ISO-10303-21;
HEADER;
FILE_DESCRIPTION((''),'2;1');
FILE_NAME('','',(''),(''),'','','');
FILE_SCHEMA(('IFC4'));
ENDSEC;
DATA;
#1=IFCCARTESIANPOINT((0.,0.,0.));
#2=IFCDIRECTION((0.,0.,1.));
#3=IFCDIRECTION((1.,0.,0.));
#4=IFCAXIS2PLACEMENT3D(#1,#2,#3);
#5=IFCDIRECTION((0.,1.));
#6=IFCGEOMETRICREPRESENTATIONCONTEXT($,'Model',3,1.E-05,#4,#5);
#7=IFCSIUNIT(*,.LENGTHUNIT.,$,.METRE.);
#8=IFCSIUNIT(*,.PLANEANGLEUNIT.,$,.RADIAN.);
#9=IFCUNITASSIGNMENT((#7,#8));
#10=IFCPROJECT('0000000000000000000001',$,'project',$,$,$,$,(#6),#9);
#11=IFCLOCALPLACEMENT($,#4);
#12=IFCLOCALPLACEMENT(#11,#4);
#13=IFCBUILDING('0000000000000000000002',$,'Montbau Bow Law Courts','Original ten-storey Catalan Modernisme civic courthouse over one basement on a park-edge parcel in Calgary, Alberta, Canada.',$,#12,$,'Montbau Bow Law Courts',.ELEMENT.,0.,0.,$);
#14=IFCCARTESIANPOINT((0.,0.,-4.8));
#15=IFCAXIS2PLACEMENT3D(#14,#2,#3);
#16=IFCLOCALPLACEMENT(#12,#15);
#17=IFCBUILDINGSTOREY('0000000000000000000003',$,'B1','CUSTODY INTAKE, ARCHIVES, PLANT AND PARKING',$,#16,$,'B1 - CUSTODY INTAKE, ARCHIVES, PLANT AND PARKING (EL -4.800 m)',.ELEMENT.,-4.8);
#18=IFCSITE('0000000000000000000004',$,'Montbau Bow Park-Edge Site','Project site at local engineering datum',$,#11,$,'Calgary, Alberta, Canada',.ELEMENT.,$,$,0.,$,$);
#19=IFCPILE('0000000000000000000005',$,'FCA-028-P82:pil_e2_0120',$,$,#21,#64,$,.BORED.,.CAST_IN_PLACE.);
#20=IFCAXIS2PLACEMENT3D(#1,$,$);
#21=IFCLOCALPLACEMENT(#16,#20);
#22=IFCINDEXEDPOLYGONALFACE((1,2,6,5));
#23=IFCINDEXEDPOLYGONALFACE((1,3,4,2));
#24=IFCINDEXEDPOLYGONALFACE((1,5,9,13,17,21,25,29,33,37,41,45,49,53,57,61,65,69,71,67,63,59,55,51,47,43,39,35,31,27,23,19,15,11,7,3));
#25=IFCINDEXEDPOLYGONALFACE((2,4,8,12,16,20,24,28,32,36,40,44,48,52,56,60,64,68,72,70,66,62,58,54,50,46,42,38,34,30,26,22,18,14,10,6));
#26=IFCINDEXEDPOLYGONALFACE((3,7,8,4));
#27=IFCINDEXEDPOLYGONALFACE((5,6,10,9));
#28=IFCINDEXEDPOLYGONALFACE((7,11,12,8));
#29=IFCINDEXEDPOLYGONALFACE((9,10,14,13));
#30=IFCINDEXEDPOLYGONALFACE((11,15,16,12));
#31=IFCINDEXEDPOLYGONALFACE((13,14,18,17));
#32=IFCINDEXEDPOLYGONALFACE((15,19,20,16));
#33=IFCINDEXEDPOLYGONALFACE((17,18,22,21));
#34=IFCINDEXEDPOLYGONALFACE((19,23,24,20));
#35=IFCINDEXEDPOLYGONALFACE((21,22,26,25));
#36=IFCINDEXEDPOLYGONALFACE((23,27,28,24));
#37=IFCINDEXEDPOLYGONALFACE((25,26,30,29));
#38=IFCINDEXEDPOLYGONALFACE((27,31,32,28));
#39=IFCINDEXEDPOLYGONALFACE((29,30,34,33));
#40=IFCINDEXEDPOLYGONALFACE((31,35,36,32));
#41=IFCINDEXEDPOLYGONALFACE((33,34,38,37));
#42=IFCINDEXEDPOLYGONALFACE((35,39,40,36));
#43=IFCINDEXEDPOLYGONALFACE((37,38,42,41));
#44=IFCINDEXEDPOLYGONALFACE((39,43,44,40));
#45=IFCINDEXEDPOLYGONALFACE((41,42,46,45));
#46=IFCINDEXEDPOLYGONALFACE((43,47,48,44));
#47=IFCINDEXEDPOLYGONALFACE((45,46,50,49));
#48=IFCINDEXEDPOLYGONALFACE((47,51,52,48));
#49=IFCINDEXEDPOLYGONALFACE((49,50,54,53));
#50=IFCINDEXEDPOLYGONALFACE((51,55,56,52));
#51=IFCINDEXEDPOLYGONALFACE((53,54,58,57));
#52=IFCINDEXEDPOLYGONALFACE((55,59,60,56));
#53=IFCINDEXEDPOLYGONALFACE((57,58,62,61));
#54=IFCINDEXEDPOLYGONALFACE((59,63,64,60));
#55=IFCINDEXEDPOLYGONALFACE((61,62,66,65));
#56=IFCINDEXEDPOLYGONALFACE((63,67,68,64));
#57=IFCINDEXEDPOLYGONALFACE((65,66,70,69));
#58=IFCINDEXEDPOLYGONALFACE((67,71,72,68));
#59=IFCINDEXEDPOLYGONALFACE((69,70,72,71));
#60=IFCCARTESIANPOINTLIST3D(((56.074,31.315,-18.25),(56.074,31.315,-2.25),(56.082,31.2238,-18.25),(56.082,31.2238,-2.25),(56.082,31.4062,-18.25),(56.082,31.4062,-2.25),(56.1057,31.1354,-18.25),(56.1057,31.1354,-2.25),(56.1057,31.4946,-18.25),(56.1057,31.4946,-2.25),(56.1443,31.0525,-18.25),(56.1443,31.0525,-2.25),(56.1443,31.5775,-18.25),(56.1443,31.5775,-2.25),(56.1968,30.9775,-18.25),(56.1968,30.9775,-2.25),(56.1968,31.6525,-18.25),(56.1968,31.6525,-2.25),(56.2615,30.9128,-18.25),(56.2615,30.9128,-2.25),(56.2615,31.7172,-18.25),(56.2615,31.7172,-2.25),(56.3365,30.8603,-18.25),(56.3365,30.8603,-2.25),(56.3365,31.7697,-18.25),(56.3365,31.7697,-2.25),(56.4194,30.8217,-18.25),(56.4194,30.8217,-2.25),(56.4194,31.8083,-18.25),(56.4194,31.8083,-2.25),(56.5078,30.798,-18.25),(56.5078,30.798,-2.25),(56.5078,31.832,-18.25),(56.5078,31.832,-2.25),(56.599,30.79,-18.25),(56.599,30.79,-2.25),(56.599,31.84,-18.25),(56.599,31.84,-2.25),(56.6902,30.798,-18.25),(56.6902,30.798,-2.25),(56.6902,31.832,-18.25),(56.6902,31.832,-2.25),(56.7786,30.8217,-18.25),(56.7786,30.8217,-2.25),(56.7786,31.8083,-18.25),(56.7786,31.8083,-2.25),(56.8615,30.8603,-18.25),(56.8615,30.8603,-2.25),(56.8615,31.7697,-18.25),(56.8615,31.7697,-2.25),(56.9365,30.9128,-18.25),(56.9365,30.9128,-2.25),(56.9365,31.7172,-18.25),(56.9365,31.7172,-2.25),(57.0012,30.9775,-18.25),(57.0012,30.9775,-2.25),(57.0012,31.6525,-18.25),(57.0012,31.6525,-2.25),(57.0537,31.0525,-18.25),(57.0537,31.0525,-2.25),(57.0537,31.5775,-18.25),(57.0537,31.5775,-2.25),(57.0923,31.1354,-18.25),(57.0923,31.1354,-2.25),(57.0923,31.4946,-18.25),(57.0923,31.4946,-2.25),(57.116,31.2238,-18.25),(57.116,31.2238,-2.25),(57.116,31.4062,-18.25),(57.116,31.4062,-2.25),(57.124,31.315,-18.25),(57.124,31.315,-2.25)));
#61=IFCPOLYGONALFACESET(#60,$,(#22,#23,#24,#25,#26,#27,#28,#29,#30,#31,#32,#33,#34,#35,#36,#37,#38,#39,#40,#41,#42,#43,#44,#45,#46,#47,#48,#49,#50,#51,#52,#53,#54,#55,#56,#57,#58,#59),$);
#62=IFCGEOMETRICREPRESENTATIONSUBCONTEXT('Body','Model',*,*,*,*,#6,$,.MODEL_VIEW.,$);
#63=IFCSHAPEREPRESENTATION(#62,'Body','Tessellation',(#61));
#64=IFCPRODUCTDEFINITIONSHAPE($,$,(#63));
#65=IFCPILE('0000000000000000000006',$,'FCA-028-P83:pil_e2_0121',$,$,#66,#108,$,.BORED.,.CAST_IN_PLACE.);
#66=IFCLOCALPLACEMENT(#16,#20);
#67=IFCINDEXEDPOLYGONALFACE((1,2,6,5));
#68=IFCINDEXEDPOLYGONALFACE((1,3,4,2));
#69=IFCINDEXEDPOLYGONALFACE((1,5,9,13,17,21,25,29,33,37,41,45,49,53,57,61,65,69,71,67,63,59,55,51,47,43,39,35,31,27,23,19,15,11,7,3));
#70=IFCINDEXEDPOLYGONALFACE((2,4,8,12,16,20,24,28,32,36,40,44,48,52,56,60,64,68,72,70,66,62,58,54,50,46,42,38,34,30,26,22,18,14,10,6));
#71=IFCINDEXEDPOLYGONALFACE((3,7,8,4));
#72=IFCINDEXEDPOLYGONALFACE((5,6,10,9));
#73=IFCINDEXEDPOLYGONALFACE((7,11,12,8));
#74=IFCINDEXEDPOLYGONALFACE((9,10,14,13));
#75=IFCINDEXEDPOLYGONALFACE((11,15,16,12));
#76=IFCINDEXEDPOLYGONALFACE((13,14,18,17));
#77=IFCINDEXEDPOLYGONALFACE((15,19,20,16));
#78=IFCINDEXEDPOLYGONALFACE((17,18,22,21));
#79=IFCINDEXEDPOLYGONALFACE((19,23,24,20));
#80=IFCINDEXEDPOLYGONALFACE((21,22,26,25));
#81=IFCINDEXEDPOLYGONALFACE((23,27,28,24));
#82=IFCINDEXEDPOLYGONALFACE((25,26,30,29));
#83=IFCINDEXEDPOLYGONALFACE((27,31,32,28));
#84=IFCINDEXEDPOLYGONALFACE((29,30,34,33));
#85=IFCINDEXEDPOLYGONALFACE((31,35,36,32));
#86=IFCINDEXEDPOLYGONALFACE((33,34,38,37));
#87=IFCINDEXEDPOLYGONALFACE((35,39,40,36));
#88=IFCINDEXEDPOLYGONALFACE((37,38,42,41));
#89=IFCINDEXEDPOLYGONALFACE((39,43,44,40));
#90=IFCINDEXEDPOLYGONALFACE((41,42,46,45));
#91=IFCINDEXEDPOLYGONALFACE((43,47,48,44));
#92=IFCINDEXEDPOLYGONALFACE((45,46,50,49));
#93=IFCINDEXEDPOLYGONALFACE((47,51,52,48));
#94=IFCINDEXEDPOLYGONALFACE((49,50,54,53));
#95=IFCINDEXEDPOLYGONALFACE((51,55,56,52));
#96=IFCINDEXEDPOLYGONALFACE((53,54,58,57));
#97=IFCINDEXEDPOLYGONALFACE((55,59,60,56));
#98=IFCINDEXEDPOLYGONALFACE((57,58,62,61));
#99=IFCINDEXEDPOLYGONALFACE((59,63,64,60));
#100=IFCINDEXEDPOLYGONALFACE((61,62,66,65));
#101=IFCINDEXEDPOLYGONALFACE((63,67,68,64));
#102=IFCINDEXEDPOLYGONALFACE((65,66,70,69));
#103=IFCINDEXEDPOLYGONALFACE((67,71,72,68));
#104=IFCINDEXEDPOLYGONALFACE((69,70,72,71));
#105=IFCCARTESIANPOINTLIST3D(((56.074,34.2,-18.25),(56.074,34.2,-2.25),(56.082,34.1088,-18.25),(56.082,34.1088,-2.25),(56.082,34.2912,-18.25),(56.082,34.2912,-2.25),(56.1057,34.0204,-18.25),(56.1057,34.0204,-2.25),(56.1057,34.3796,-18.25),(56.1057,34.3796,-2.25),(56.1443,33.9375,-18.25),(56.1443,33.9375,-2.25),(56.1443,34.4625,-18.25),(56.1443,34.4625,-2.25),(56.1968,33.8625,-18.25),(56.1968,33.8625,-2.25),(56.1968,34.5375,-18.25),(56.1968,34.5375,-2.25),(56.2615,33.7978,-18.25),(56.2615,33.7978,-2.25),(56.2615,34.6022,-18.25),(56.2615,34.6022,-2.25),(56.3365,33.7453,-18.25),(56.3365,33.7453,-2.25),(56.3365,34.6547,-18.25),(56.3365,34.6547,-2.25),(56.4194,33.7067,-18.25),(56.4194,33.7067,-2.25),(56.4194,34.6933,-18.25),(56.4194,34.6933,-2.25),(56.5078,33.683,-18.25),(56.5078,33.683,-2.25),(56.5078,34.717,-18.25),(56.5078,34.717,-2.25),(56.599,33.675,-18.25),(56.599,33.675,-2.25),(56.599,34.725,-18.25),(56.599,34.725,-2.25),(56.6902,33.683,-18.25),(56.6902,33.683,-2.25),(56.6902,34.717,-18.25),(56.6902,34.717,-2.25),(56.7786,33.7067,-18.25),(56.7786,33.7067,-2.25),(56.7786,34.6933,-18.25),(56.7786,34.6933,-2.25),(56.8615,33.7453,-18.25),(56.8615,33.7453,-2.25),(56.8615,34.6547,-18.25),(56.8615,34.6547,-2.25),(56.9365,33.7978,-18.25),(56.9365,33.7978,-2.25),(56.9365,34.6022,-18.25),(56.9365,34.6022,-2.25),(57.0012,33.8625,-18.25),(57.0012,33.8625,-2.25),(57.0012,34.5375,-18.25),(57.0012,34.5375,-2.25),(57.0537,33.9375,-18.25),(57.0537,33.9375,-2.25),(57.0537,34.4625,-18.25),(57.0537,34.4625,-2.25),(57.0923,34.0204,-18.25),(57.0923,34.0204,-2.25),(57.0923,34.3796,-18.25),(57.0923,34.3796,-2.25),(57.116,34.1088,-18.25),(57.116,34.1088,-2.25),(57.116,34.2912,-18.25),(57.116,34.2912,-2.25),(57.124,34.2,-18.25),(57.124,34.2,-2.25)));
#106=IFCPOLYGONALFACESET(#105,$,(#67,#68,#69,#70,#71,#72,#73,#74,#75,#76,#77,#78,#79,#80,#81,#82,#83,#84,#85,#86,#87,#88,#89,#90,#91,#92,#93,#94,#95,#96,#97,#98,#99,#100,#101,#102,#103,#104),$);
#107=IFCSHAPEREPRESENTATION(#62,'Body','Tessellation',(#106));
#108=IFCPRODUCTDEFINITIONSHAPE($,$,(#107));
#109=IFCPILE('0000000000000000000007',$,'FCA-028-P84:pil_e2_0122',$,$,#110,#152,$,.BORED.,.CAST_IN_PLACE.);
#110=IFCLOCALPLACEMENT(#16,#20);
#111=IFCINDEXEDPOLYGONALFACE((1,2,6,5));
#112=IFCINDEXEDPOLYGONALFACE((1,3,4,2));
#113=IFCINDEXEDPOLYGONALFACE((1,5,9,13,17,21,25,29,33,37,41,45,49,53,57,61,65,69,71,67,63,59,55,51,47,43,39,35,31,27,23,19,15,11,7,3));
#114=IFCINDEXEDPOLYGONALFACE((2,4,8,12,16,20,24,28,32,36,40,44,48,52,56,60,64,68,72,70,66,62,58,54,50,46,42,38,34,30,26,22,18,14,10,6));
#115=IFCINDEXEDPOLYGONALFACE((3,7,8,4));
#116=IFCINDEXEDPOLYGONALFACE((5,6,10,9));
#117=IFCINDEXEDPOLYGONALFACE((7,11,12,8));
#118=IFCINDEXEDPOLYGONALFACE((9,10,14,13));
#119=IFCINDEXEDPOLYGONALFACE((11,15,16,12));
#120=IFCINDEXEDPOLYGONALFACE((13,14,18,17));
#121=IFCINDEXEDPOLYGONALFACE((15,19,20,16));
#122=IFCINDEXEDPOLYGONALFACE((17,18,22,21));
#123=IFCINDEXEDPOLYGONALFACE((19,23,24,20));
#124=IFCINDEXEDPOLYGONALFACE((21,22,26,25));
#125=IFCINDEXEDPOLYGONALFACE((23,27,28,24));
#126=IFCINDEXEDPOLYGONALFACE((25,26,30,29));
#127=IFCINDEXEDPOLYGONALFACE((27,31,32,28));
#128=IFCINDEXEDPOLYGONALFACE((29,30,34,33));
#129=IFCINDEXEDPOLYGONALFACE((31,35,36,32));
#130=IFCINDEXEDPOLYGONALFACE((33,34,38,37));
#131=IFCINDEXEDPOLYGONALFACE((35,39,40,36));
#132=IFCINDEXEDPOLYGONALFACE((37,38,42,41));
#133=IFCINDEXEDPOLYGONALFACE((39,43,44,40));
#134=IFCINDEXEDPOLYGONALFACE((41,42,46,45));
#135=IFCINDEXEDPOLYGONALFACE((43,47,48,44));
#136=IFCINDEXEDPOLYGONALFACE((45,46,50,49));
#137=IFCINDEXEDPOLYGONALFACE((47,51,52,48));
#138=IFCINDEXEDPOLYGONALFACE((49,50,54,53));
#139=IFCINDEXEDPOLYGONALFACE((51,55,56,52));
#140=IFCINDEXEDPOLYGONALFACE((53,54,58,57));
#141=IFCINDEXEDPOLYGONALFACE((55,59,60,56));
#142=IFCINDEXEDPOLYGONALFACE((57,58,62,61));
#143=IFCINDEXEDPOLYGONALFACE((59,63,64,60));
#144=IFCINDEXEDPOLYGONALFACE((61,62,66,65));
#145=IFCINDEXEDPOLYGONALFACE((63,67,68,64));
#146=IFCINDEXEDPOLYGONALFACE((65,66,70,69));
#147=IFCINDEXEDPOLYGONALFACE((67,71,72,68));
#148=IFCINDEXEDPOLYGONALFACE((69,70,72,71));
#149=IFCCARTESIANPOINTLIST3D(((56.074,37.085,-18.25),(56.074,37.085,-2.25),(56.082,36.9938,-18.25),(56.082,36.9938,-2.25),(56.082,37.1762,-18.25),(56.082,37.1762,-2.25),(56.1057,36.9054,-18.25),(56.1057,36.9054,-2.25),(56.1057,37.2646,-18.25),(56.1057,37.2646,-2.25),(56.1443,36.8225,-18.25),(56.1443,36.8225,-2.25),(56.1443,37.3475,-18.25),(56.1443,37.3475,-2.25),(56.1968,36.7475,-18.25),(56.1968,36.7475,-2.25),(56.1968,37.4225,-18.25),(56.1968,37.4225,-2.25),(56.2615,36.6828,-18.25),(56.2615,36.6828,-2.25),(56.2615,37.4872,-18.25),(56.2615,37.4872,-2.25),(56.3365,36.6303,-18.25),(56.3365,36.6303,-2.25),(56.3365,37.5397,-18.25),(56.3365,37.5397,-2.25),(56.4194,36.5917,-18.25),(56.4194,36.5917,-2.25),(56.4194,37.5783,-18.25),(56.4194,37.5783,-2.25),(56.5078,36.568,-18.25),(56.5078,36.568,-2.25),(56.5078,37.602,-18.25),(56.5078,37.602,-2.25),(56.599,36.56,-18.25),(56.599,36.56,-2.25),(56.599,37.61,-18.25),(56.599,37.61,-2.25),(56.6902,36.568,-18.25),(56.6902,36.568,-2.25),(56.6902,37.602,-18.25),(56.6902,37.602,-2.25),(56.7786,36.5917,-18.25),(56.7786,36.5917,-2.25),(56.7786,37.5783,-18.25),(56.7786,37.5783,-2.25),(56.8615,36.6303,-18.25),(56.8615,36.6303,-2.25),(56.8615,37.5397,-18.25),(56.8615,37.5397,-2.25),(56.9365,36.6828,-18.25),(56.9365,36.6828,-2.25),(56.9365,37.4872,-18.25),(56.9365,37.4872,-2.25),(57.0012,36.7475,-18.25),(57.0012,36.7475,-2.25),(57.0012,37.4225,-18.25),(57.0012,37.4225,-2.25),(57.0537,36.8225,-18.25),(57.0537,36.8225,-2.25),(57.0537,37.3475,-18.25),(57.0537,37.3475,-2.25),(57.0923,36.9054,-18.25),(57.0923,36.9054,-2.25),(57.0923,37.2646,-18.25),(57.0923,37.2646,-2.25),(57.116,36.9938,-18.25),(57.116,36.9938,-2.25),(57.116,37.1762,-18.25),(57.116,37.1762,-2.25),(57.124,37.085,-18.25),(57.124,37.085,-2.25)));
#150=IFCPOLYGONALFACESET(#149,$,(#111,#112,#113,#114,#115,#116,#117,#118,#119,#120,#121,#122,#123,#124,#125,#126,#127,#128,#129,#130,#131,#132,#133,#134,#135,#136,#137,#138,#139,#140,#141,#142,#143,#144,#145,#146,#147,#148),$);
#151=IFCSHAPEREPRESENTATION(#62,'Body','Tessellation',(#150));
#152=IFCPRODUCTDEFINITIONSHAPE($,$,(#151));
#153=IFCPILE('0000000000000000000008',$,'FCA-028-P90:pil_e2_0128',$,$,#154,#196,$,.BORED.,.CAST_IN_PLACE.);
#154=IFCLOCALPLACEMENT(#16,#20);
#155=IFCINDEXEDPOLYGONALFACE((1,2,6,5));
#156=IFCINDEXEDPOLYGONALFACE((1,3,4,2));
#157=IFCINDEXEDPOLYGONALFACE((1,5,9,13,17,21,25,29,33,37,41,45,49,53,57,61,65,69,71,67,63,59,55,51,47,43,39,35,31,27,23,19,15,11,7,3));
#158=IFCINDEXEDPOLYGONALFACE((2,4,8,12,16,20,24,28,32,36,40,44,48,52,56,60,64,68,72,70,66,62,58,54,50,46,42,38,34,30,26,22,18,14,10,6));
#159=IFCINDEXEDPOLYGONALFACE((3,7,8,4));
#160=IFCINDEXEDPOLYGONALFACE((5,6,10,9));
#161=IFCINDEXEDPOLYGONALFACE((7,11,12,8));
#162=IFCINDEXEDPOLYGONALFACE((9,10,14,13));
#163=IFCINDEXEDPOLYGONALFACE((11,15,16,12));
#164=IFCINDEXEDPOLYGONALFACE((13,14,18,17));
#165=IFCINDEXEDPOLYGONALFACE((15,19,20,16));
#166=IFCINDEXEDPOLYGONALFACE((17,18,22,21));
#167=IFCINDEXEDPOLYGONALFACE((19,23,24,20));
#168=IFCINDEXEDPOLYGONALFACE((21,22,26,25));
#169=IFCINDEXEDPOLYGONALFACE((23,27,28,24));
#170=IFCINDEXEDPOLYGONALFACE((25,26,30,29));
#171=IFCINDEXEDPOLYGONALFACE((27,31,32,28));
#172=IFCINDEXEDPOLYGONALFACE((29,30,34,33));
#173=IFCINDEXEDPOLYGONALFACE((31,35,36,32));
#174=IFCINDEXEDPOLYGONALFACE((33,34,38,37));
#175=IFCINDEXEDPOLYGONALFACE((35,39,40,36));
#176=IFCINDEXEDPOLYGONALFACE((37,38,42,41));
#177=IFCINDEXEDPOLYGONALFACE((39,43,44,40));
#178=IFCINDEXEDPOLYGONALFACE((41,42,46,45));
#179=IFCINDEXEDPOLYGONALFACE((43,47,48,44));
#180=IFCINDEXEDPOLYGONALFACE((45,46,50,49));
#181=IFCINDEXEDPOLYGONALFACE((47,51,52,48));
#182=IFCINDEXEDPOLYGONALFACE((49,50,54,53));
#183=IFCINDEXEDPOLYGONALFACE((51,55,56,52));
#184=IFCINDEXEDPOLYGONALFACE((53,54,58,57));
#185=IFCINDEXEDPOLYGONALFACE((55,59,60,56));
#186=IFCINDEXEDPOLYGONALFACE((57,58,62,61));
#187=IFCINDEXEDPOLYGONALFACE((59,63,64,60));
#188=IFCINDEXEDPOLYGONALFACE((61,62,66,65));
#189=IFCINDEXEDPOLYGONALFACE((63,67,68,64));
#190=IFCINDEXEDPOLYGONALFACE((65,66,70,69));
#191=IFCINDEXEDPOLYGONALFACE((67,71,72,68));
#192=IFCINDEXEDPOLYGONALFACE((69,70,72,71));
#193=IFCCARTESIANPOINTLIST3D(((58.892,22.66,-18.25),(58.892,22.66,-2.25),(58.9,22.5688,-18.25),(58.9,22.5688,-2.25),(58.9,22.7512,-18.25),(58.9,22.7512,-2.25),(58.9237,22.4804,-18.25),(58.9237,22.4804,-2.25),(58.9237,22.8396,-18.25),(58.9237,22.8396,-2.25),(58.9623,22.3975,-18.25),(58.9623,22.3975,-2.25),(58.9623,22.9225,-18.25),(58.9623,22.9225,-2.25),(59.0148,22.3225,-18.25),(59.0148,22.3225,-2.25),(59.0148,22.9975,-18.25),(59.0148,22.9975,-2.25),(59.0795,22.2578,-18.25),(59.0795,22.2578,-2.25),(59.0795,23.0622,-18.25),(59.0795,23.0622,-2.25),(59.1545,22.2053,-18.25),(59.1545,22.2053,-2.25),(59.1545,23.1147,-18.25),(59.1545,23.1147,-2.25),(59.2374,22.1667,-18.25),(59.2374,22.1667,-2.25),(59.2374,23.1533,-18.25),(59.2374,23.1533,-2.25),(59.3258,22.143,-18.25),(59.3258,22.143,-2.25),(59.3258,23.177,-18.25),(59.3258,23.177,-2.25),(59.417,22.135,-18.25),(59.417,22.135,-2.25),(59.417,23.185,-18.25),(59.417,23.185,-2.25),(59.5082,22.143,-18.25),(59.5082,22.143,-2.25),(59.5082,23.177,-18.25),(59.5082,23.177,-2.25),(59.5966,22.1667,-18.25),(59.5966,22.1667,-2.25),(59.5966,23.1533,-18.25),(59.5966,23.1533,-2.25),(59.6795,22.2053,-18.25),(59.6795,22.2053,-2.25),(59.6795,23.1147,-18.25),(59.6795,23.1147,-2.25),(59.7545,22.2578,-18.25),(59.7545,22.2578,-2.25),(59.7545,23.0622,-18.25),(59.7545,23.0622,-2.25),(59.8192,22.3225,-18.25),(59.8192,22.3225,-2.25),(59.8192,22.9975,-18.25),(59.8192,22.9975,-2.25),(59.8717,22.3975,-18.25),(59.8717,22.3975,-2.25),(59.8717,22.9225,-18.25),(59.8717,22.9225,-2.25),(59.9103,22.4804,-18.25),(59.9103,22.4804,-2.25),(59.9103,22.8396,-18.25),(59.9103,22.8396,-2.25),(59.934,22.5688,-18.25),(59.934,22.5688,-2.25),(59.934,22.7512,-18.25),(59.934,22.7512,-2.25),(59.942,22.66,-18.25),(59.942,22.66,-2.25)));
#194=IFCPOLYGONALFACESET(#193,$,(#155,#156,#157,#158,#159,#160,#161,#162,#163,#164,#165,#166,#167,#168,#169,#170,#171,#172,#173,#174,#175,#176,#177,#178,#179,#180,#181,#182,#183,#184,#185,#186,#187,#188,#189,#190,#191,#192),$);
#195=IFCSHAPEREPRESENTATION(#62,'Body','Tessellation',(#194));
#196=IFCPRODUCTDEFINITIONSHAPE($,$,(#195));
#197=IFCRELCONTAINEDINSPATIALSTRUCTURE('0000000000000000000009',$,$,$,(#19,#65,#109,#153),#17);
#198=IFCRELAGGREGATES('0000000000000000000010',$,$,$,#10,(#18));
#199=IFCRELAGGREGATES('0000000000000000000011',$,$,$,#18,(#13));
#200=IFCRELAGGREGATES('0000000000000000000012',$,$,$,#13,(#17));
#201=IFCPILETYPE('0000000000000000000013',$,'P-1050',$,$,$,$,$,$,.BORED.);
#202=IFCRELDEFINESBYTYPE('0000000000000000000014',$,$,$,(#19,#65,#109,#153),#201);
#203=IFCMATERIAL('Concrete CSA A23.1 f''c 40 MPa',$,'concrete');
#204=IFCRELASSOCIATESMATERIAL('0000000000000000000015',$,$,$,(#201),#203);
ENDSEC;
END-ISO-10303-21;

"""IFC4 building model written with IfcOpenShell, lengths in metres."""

from ifc_helpers import new_model, si_unit, direction, frame, origin_with_axes, origin_2d_with_axis, place, context, subcontext, project, spatial, circle, extrude, material, material_profile, profile_set, type_object, element, save


model = new_model("IFC4")

# Units and contexts
model_context = context("Model", 3, precision=1e-05, world=origin_with_axes(), true_north=direction((0.0, 1.0)))
body_context = subcontext(model_context, "Body", "Model", "MODEL_VIEW")
ifc_project = project(units=[si_unit("LENGTHUNIT", "METRE"), si_unit("PLANEANGLEUNIT", "RADIAN")], contexts=[model_context])

# Site, building, storey
site_placement = place(None, origin_with_axes())
site = spatial("IfcSite", under=ifc_project, at=site_placement, Name="Montbau Bow Park-Edge Site", Description="Project site at local engineering datum", LongName="Calgary, Alberta, Canada", CompositionType="ELEMENT", RefElevation=0.0)
building_placement = place(site_placement, origin_with_axes())
building = spatial("IfcBuilding", under=site, at=building_placement, Name="Montbau Bow Law Courts", Description="Original ten-storey Catalan Modernisme civic courthouse over one basement on a park-edge parcel in Calgary, Alberta, Canada.", LongName="Montbau Bow Law Courts", CompositionType="ELEMENT", ElevationOfRefHeight=0.0, ElevationOfTerrain=0.0)
storey_placement = place(building_placement, frame((0.0, 0.0, -4.8), z_axis=(0.0, 0.0, 1.0), x_axis=(1.0, 0.0, 0.0)))
storey = spatial("IfcBuildingStorey", under=building, at=storey_placement, Name="B1", Description="CUSTODY INTAKE, ARCHIVES, PLANT AND PARKING", LongName="B1 - CUSTODY INTAKE, ARCHIVES, PLANT AND PARKING (EL -4.800 m)", CompositionType="ELEMENT", Elevation=-4.8)

# Piles
ifc_material_1 = material(Name="Concrete CSA A23.1 f'c 40 MPa", Category="concrete")
ifc_material_profile_1 = material_profile(ifc_material_1, circle(Radius=0.525, at=origin_2d_with_axis()), Name="BP1050", Category="Main", Priority=0)
ifc_profile_set_1 = profile_set([ifc_material_profile_1], Name="Concrete CSA A23.1 f'c 40 MPa")
pile_type = type_object("IfcPileType", Name="P-1050", PredefinedType="BORED", material=ifc_profile_set_1)
for number, where, z_axis, x_axis, name in (
    (1, (56.599, 31.315, -23.05), (0.0, 0.0, 1.0), (1.0, 0.0, 0.0), "FCA-028-P82:pil_e2_0120"),
    (2, (56.599, 34.2, -23.05), (0.0, 0.0, 1.0), (1.0, 0.0, 0.0), "FCA-028-P83:pil_e2_0121"),
    (3, (56.599, 37.085, -23.05), (0.0, 0.0, 1.0), (1.0, 0.0, 0.0), "FCA-028-P84:pil_e2_0122"),
    (4, (59.417, 22.66, -23.05), (0.0, 0.0, 1.0), (1.0, 0.0, 0.0), "FCA-028-P90:pil_e2_0128"),
):
    element("IfcPile", number, at=place(None, frame(where, z_axis=z_axis, x_axis=x_axis)), inside=storey, type_object=pile_type, Name=name, ConstructionType="CAST_IN_PLACE", PredefinedType="BORED", context=body_context, shape_type="SweptSolid", body=[
        extrude(circle(Radius=0.525, at=origin_2d_with_axis()), origin_with_axes(), (0.0, 0.0, 1.0), 16.0),
    ])

save(model, "model.ifc")
